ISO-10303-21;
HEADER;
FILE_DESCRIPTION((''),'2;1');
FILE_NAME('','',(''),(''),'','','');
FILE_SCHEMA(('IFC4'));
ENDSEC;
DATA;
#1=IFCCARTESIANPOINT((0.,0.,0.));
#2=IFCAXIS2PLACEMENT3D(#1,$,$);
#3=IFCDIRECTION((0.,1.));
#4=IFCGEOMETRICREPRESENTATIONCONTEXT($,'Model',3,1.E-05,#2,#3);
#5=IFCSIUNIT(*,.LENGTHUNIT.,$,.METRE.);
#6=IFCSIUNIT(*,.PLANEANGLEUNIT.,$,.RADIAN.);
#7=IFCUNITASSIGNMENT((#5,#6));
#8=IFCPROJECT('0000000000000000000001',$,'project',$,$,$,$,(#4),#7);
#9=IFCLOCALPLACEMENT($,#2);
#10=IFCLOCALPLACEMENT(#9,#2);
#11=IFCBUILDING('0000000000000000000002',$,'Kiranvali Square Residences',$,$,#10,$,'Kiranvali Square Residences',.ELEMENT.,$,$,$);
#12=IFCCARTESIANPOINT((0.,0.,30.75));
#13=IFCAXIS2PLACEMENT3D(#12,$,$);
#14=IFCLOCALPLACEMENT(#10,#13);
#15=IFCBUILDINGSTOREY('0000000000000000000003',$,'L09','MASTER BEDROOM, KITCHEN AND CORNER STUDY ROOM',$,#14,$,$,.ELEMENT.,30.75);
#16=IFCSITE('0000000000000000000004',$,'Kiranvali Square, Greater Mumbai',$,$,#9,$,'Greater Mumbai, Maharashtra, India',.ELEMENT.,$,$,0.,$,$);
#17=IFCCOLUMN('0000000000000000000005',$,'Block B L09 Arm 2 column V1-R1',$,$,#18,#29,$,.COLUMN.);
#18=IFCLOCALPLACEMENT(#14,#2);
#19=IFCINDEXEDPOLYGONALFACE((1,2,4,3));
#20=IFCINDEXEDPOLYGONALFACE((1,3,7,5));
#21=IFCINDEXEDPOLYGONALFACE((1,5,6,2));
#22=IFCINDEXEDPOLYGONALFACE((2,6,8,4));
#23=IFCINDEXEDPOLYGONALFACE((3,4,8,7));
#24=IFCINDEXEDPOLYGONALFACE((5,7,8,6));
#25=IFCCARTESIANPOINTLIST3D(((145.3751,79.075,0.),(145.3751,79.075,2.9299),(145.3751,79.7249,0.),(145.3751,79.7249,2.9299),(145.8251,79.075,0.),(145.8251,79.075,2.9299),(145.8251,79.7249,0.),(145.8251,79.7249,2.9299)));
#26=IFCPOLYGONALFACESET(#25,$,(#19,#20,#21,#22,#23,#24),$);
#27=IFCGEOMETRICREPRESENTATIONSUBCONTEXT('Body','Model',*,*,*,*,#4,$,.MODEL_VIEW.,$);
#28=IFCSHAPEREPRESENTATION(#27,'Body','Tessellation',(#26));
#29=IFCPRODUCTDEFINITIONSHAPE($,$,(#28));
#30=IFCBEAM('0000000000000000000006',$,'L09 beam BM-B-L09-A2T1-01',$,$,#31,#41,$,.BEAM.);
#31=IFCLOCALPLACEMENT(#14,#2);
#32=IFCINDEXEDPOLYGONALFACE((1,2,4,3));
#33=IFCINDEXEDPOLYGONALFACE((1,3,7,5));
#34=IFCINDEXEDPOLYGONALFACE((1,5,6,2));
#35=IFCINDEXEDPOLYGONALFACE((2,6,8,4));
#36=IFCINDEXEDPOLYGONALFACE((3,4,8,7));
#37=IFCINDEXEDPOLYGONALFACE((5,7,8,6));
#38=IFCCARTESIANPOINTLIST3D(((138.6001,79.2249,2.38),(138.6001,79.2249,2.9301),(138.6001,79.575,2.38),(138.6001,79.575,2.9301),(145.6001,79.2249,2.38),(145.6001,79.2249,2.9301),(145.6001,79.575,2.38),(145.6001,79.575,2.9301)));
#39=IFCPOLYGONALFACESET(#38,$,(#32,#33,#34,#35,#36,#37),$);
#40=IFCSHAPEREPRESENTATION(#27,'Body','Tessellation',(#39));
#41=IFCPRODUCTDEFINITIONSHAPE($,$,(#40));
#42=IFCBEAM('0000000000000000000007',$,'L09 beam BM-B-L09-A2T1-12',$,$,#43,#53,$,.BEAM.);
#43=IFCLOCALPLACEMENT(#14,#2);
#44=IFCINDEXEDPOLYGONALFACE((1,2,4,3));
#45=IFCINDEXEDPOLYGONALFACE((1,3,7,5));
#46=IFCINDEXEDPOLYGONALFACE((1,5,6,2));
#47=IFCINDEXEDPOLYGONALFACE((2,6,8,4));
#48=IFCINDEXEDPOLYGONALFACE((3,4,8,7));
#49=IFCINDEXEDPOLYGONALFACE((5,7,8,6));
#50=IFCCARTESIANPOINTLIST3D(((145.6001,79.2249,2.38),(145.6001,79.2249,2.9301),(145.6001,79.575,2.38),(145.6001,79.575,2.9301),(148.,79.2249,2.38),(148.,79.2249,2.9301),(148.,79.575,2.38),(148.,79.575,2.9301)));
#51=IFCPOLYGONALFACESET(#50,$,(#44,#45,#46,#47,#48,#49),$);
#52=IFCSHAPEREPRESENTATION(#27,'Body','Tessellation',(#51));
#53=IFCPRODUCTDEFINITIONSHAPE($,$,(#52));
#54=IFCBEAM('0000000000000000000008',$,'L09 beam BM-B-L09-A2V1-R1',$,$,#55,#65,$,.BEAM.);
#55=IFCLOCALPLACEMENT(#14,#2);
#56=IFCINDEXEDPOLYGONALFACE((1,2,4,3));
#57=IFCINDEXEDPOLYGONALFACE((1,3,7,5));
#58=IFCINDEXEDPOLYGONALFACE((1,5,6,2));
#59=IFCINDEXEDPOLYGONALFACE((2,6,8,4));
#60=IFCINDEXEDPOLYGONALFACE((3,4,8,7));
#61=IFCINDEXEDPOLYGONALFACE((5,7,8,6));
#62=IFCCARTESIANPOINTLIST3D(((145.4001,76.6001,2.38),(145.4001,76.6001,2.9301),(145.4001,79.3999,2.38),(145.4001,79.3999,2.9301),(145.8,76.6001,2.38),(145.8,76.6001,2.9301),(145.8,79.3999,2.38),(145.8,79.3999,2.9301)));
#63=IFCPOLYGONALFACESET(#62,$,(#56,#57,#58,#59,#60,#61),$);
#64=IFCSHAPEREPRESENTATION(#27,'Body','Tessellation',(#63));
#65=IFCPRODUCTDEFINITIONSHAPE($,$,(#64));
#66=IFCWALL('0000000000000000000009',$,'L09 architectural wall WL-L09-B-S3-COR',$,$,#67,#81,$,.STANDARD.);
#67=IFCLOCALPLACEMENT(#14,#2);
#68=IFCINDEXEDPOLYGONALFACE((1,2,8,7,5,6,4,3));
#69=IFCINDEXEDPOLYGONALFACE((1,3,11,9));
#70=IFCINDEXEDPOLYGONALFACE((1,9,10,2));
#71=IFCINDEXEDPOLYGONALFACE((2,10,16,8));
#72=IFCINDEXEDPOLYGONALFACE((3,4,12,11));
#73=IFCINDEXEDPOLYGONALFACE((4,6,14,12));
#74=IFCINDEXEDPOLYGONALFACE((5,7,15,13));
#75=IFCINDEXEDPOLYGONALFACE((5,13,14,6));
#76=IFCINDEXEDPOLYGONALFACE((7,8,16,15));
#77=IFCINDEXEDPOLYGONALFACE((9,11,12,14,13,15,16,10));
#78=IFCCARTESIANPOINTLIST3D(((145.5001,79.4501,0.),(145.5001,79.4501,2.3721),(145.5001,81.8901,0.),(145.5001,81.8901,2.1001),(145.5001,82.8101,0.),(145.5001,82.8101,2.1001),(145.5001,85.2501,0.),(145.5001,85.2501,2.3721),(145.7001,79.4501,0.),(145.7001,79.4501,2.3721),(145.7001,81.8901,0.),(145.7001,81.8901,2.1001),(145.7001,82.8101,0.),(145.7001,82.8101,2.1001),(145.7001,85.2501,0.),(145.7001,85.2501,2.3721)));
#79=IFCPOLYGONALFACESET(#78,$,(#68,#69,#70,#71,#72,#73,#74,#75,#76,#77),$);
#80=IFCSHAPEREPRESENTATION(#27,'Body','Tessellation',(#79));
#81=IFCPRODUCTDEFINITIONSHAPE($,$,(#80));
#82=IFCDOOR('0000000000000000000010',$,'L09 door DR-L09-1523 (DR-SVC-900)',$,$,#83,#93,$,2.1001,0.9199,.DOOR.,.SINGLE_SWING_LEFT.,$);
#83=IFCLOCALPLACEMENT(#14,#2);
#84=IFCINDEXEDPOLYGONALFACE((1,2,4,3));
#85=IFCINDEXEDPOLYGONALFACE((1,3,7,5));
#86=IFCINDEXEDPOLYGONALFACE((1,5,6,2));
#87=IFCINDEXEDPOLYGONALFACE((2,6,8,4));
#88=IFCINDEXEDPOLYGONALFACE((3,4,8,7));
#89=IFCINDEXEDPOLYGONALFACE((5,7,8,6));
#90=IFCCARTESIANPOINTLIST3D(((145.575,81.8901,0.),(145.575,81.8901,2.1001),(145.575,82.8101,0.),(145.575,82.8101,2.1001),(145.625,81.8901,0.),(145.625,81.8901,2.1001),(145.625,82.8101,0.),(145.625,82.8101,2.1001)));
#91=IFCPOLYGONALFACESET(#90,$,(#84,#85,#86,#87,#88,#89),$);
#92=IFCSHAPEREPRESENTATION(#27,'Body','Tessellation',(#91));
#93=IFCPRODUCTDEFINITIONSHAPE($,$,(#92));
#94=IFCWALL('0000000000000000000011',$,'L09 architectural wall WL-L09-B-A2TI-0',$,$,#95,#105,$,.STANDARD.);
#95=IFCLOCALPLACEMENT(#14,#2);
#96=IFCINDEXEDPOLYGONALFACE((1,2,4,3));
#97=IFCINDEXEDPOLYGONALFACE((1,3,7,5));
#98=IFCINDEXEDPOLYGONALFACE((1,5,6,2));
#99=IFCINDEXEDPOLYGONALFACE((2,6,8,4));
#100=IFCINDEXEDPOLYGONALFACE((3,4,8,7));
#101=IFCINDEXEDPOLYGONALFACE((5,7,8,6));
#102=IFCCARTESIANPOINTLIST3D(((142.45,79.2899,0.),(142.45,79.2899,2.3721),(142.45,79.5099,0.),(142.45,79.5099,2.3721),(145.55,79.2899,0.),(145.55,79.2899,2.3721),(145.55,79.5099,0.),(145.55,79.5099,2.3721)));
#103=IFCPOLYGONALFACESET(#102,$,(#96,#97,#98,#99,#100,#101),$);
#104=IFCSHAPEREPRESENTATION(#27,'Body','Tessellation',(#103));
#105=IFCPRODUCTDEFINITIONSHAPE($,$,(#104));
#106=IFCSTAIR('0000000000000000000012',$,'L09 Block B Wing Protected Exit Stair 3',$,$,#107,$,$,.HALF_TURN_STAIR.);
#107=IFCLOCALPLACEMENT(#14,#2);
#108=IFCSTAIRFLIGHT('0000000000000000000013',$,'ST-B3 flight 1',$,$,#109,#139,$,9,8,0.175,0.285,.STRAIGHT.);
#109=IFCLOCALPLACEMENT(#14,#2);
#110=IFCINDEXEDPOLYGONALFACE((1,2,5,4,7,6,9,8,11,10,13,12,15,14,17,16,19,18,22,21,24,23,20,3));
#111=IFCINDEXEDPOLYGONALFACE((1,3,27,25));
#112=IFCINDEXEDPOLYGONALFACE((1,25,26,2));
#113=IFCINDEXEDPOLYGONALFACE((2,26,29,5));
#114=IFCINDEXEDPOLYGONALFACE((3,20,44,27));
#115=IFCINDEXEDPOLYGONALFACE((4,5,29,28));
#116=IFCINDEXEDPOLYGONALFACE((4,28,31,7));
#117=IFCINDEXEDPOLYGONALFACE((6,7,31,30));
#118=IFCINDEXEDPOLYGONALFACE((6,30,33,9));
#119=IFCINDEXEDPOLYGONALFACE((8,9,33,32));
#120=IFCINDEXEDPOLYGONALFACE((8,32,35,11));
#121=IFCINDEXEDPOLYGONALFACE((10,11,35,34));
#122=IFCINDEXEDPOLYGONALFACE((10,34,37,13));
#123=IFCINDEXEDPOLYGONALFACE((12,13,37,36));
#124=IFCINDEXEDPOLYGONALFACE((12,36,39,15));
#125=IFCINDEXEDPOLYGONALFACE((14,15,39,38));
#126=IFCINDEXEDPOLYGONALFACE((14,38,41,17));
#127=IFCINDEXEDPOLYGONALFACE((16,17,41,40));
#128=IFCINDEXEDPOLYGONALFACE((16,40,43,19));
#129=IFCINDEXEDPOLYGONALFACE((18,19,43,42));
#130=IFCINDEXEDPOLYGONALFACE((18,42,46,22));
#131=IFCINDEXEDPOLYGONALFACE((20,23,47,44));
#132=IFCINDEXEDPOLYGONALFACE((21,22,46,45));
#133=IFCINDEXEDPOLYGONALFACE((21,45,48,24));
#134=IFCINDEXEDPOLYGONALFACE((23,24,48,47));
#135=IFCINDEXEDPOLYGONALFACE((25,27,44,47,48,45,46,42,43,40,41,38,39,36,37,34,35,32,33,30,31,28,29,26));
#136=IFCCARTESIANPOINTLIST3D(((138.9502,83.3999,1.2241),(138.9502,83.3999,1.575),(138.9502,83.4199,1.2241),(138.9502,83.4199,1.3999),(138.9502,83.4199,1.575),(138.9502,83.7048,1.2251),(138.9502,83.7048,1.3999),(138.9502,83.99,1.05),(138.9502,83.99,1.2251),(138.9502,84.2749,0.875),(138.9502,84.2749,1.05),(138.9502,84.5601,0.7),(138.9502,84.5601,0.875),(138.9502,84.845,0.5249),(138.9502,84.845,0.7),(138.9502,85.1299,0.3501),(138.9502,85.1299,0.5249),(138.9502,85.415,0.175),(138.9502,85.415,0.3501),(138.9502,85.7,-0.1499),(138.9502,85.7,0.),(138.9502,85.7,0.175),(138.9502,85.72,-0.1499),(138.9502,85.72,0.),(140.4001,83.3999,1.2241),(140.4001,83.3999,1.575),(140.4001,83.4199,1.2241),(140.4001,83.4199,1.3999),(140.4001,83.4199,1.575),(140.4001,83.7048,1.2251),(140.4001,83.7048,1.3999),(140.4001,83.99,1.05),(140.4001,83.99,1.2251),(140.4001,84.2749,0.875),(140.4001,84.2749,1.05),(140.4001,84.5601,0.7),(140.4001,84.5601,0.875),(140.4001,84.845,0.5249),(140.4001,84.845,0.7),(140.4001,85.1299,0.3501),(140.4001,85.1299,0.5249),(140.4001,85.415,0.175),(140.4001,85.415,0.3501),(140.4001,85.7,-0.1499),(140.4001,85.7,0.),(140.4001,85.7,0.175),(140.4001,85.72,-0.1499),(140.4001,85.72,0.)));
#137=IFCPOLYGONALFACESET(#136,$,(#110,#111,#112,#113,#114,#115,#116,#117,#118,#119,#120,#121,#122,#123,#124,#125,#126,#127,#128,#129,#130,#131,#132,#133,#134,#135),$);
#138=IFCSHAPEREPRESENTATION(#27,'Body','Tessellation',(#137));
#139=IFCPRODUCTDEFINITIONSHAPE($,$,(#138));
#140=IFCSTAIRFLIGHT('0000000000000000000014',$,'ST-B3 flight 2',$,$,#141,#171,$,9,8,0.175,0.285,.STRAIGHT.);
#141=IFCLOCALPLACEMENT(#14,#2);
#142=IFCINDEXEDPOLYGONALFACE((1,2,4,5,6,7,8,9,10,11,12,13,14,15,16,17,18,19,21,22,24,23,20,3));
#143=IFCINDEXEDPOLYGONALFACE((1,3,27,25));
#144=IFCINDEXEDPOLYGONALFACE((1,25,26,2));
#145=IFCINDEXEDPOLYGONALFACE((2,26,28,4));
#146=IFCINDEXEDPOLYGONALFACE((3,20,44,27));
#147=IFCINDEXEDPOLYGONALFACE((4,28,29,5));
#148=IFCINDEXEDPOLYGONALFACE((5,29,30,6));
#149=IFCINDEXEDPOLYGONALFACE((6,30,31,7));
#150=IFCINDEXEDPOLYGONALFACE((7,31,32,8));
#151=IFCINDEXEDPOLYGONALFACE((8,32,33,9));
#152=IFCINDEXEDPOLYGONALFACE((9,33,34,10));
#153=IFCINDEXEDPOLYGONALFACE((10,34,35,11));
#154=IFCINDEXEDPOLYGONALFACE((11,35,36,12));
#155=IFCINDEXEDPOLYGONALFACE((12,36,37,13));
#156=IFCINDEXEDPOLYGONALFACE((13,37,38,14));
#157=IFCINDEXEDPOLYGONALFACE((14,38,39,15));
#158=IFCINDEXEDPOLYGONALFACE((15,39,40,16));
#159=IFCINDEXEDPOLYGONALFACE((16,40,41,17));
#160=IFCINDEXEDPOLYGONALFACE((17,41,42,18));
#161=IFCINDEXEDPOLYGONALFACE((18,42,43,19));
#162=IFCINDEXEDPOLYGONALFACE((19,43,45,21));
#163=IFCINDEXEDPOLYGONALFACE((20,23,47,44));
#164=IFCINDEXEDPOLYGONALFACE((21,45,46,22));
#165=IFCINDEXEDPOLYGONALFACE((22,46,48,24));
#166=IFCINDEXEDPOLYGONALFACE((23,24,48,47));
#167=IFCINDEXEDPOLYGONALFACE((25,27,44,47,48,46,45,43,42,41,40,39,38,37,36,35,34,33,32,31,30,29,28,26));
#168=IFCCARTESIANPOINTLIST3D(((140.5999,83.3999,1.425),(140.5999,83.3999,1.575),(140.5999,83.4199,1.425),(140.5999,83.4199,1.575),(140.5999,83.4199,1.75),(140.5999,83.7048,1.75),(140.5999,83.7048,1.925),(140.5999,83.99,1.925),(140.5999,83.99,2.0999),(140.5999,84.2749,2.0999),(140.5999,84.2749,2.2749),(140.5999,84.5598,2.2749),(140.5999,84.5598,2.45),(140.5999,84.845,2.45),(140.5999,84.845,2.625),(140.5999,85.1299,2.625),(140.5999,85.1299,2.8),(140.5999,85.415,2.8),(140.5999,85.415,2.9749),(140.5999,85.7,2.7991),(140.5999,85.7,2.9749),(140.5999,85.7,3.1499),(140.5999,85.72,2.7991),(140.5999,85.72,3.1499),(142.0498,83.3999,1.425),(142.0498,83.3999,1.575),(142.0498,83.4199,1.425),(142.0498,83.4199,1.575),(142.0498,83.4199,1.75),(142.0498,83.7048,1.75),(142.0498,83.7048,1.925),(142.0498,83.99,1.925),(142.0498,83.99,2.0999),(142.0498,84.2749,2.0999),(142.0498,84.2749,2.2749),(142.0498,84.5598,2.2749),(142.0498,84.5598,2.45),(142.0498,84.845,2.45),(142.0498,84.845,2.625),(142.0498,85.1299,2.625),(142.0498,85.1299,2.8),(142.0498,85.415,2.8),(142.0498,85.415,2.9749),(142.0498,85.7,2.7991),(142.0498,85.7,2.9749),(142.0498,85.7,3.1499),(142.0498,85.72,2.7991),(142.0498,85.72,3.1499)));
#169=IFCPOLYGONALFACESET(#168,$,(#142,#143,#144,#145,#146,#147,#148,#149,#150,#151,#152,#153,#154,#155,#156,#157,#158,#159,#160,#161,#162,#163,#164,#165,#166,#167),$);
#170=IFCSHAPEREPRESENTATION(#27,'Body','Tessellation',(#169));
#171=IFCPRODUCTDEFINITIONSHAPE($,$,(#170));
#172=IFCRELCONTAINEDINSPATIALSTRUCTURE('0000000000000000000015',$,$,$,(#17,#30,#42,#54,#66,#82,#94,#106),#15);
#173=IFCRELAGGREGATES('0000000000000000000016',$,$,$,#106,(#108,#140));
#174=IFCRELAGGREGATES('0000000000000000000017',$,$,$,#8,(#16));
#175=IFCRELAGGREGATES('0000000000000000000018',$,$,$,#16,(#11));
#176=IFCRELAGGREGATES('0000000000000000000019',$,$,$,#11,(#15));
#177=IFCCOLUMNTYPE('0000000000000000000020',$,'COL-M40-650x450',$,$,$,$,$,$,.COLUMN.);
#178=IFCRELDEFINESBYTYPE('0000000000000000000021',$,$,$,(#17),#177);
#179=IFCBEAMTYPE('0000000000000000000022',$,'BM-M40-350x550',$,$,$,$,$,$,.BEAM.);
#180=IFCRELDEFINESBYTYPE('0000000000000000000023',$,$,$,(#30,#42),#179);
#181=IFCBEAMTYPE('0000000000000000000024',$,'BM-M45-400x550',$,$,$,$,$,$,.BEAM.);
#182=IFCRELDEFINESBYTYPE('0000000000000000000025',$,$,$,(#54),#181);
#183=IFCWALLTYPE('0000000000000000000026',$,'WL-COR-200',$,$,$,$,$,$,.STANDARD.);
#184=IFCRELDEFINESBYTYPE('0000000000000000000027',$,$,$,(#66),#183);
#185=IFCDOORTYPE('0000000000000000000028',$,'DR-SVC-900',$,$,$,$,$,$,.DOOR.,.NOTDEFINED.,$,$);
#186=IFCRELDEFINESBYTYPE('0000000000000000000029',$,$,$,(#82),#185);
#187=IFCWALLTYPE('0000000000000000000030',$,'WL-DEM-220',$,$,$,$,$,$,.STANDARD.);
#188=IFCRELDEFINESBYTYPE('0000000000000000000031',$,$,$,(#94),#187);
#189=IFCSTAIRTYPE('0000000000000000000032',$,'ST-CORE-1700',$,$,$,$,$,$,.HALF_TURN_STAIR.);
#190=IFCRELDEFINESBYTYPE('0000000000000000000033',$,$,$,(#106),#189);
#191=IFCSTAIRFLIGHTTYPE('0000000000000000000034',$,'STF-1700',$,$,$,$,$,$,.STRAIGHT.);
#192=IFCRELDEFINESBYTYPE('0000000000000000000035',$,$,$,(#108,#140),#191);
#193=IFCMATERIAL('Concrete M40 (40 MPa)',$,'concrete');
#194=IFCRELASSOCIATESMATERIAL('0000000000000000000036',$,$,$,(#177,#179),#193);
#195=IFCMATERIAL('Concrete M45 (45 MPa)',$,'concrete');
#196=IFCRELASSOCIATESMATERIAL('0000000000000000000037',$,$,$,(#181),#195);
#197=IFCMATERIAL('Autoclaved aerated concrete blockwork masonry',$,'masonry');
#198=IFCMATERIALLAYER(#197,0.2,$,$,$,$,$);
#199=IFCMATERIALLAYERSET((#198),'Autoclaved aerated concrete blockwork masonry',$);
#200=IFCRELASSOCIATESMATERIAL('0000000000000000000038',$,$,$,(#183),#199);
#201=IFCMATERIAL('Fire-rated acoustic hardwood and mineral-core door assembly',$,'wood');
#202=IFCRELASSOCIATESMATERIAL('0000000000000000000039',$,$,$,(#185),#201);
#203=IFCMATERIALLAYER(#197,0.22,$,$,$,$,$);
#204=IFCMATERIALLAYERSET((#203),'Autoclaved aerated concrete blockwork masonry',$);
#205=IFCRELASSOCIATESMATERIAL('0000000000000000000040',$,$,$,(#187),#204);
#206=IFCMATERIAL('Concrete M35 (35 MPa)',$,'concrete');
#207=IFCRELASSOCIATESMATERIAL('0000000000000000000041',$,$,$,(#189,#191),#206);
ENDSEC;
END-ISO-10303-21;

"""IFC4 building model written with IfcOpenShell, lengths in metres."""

from ifc_helpers import new_model, si_unit, direction, frame, frame_2d, origin, origin_2d, place, context, subcontext, project, spatial, polyline, rectangle, outline, extrude, material, layer, layer_set, material_profile, profile_set, type_object, element, fill, aggregate, save


model = new_model("IFC4")

# Units and contexts
model_context = context("Model", 3, precision=1e-05, world=origin(), true_north=direction((0.0, 1.0)))
body_context = subcontext(model_context, "Body", "Model", "MODEL_VIEW")
ifc_project = project(units=[si_unit("LENGTHUNIT", "METRE"), si_unit("PLANEANGLEUNIT", "RADIAN")], contexts=[model_context])

# Site, building, storey
site_placement = place(None, origin())
site = spatial("IfcSite", under=ifc_project, at=site_placement, Name="Kiranvali Square, Greater Mumbai", LongName="Greater Mumbai, Maharashtra, India", CompositionType="ELEMENT", RefElevation=0.0)
building_placement = place(site_placement, origin())
building = spatial("IfcBuilding", under=site, at=building_placement, Name="Kiranvali Square Residences", LongName="Kiranvali Square Residences", CompositionType="ELEMENT")
storey_placement = place(building_placement, frame((0.0, 0.0, 30.75)))
storey = spatial("IfcBuildingStorey", under=building, at=storey_placement, Name="L09", Description="MASTER BEDROOM, KITCHEN AND CORNER STUDY ROOM", CompositionType="ELEMENT", Elevation=30.75)

# Column
ifc_material_1 = material(Name="Concrete M40 (40 MPa)", Category="concrete")
ifc_material_profile_1 = material_profile(ifc_material_1, rectangle(XDim=0.45, YDim=0.6499, at=origin_2d()), Name="RC 650x450")
ifc_profile_set_1 = profile_set([ifc_material_profile_1], Name="Concrete M40 (40 MPa)")
column_type = type_object("IfcColumnType", Name="COL-M40-650x450", PredefinedType="COLUMN", material=ifc_profile_set_1)
column_placement = place(storey_placement, frame((145.6001, 79.3999, 0.0), z_axis=(0.0, 0.0, 1.0), x_axis=(1.0, 0.0, 0.0)))
element("IfcColumn", 1, at=column_placement, inside=storey, type_object=column_type, Name="Block B L09 Arm 2 column V1-R1", PredefinedType="COLUMN", context=body_context, shape_type="SweptSolid", body=[
    extrude(rectangle(XDim=0.45, YDim=0.6499, at=origin_2d()), origin(), (0.0, 0.0, 1.0), 2.9299),
])

# Beams
ifc_material_profile_2 = material_profile(ifc_material_1, rectangle(XDim=0.3501, YDim=0.55, at=origin_2d()), Name="RC 350x550")
ifc_profile_set_2 = profile_set([ifc_material_profile_2], Name="Concrete M40 (40 MPa)")
beam_type_1 = type_object("IfcBeamType", Name="BM-M40-350x550", PredefinedType="BEAM", material=ifc_profile_set_2)
beam_1_placement = place(storey_placement, frame((138.6001, 79.3999, 2.655), z_axis=(1.0, 0.0, 0.0), x_axis=(0.0, 1.0, 0.0)))
element("IfcBeam", 2, at=beam_1_placement, inside=storey, type_object=beam_type_1, Name="L09 beam BM-B-L09-A2T1-01", PredefinedType="BEAM", context=body_context, shape_type="SweptSolid", body=[
    extrude(rectangle(XDim=0.3501, YDim=0.55, at=origin_2d()), origin(), (0.0, 0.0, 1.0), 7.0),
])
beam_2_placement = place(storey_placement, frame((145.6001, 79.3999, 2.655), z_axis=(1.0, 0.0, 0.0), x_axis=(0.0, 1.0, 0.0)))
element("IfcBeam", 3, at=beam_2_placement, inside=storey, type_object=beam_type_1, Name="L09 beam BM-B-L09-A2T1-12", PredefinedType="BEAM", context=body_context, shape_type="SweptSolid", body=[
    extrude(rectangle(XDim=0.3501, YDim=0.55, at=origin_2d()), origin(), (0.0, 0.0, 1.0), 2.3999),
])
ifc_material_2 = material(Name="Concrete M45 (45 MPa)", Category="concrete")
ifc_material_profile_3 = material_profile(ifc_material_2, rectangle(XDim=0.3999, YDim=0.55, at=origin_2d()), Name="RC 400x550")
ifc_profile_set_3 = profile_set([ifc_material_profile_3], Name="Concrete M45 (45 MPa)")
beam_type_2 = type_object("IfcBeamType", Name="BM-M45-400x550", PredefinedType="BEAM", material=ifc_profile_set_3)
beam_3_placement = place(storey_placement, frame((145.6001, 79.3999, 2.655), z_axis=(0.0, -1.0, 0.0), x_axis=(1.0, 0.0, 0.0)))
element("IfcBeam", 4, at=beam_3_placement, inside=storey, type_object=beam_type_2, Name="L09 beam BM-B-L09-A2V1-R1", PredefinedType="BEAM", context=body_context, shape_type="SweptSolid", body=[
    extrude(rectangle(XDim=0.3999, YDim=0.55, at=origin_2d()), origin(), (0.0, 0.0, 1.0), 2.7998),
])

# Wall, opening, door
ifc_material_3 = material(Name="Autoclaved aerated concrete blockwork masonry", Category="masonry")
ifc_layer_1 = layer(ifc_material_3, 0.2)
ifc_layer_set_1 = layer_set([ifc_layer_1], Name="Autoclaved aerated concrete blockwork masonry")
wall_type_1 = type_object("IfcWallType", Name="WL-COR-200", PredefinedType="STANDARD", material=ifc_layer_set_1)
ifc_material_4 = material(Name="Fire-rated acoustic hardwood and mineral-core door assembly", Category="wood")
wall_1_placement = place(storey_placement, frame((145.6001, 85.25, 0.0), z_axis=(0.0, 0.0, 1.0), x_axis=(0.0, -1.0, 0.0)))
wall_1 = element("IfcWall", 5, at=wall_1_placement, inside=storey, type_object=wall_type_1, Name="L09 architectural wall WL-L09-B-S3-COR", PredefinedType="STANDARD", context=body_context, shape_type="SweptSolid", body=[
    extrude(rectangle(XDim=5.8, YDim=0.2, at=frame_2d((2.8999, 0.0))), origin(), (0.0, 0.0, 1.0), 2.3721),
])
opening_1_placement = place(wall_1_placement, frame((2.4399, 0.0, 0.0)))
opening_1 = element("IfcOpeningElement", 6, at=opening_1_placement, cuts=wall_1, PredefinedType="OPENING", context=body_context, shape_type="SweptSolid", body=[
    extrude(rectangle(XDim=0.9199, YDim=2.1001, at=frame_2d((0.46, 1.05))), frame((0.0, 0.1099, 0.0), z_axis=(0.0, -1.0, 0.0), x_axis=(1.0, 0.0, 0.0)), (0.0, 0.0, 1.0), 0.22),
])
door_type_1 = type_object("IfcDoorType", Name="DR-SVC-900", OperationType="NOTDEFINED", PredefinedType="DOOR", material=ifc_material_4)
door_1_placement = place(opening_1_placement, origin())
door_1 = element("IfcDoor", 7, at=door_1_placement, inside=storey, type_object=door_type_1, Name="L09 door DR-L09-1523 (DR-SVC-900)", OperationType="SINGLE_SWING_LEFT", OverallHeight=2.1001, OverallWidth=0.9199, PredefinedType="DOOR", context=body_context, shape_type="SweptSolid", body=[
    extrude(rectangle(XDim=0.9199, YDim=2.1001, at=frame_2d((0.46, 1.05))), frame((0.0, 0.0249, 0.0), z_axis=(0.0, -1.0, 0.0), x_axis=(1.0, 0.0, 0.0)), (0.0, 0.0, 1.0), 0.05),
])
fill(opening_1, door_1)

# Wall
ifc_layer_2 = layer(ifc_material_3, 0.22)
ifc_layer_set_2 = layer_set([ifc_layer_2], Name="Autoclaved aerated concrete blockwork masonry")
wall_type_2 = type_object("IfcWallType", Name="WL-DEM-220", PredefinedType="STANDARD", material=ifc_layer_set_2)
wall_2_placement = place(storey_placement, frame((142.45, 79.3999, 0.0), z_axis=(0.0, 0.0, 1.0), x_axis=(1.0, 0.0, 0.0)))
element("IfcWall", 8, at=wall_2_placement, inside=storey, type_object=wall_type_2, Name="L09 architectural wall WL-L09-B-A2TI-0", PredefinedType="STANDARD", context=body_context, shape_type="SweptSolid", body=[
    extrude(rectangle(XDim=3.1001, YDim=0.22, at=frame_2d((1.55, 0.0))), origin(), (0.0, 0.0, 1.0), 2.3721),
])

# Stair, stair flights
ifc_material_5 = material(Name="Concrete M35 (35 MPa)", Category="concrete")
stair_type = type_object("IfcStairType", Name="ST-CORE-1700", PredefinedType="HALF_TURN_STAIR", material=ifc_material_5)
stair_placement = place(storey_placement, origin())
stair = element("IfcStair", 9, at=stair_placement, inside=storey, type_object=stair_type, Name="L09 Block B Wing Protected Exit Stair 3", PredefinedType="HALF_TURN_STAIR")
stair_flight_type = type_object("IfcStairFlightType", Name="STF-1700", PredefinedType="STRAIGHT", material=ifc_material_5)
stair_flight_1_placement = place(storey_placement, frame((139.675, 85.7, 0.0), z_axis=(0.0, 0.0, 1.0), x_axis=(0.0, -1.0, 0.0)))
stair_flight_1 = element("IfcStairFlight", 10, at=stair_flight_1_placement, type_object=stair_flight_type, Name="ST-B3 flight 1", NumberOfRisers=9, NumberOfTreads=8, PredefinedType="STRAIGHT", RiserHeight=0.175, TreadLength=0.285, context=body_context, shape_type="SweptSolid", body=[
    extrude(outline(polyline([(-0.02, -0.1499), (-0.02, 0.0), (0.0, 0.0), (0.0, 0.175), (0.2849, 0.175), (0.2849, 0.3501), (0.5701, 0.3501), (0.5701, 0.5249), (0.855, 0.5249), (0.855, 0.7), (1.1399, 0.7), (1.1399, 0.875), (1.425, 0.875), (1.425, 1.05), (1.71, 1.05), (1.71, 1.2251), (1.9951, 1.2251), (1.9951, 1.3999), (2.28, 1.3999), (2.28, 1.575), (2.3, 1.575), (2.3, 1.2241), (2.28, 1.2241), (0.0, -0.1499), (-0.02, -0.1499)])), frame((0.0, 0.7251, 0.0), z_axis=(0.0, -1.0, 0.0), x_axis=(1.0, 0.0, 0.0)), (0.0, 0.0, 1.0), 1.45),
])
stair_flight_2_placement = place(storey_placement, frame((141.325, 83.4199, 1.575), z_axis=(0.0, 0.0, 1.0), x_axis=(0.0, 1.0, 0.0)))
stair_flight_2 = element("IfcStairFlight", 11, at=stair_flight_2_placement, type_object=stair_flight_type, Name="ST-B3 flight 2", NumberOfRisers=9, NumberOfTreads=8, PredefinedType="STRAIGHT", RiserHeight=0.175, TreadLength=0.285, context=body_context, shape_type="SweptSolid", body=[
    extrude(outline(polyline([(-0.02, -0.1499), (-0.02, 0.0), (0.0, 0.0), (0.0, 0.175), (0.2849, 0.175), (0.2849, 0.3501), (0.5701, 0.3501), (0.5701, 0.5249), (0.855, 0.5249), (0.855, 0.7), (1.1399, 0.7), (1.1399, 0.875), (1.425, 0.875), (1.425, 1.05), (1.71, 1.05), (1.71, 1.2251), (1.9951, 1.2251), (1.9951, 1.3999), (2.28, 1.3999), (2.28, 1.575), (2.3, 1.575), (2.3, 1.2241), (2.28, 1.2241), (0.0, -0.1499), (-0.02, -0.1499)])), frame((0.0, 0.7251, 0.0), z_axis=(0.0, -1.0, 0.0), x_axis=(1.0, 0.0, 0.0)), (0.0, 0.0, 1.0), 1.45),
])
aggregate(stair, [stair_flight_1, stair_flight_2])

save(model, "model.ifc")
